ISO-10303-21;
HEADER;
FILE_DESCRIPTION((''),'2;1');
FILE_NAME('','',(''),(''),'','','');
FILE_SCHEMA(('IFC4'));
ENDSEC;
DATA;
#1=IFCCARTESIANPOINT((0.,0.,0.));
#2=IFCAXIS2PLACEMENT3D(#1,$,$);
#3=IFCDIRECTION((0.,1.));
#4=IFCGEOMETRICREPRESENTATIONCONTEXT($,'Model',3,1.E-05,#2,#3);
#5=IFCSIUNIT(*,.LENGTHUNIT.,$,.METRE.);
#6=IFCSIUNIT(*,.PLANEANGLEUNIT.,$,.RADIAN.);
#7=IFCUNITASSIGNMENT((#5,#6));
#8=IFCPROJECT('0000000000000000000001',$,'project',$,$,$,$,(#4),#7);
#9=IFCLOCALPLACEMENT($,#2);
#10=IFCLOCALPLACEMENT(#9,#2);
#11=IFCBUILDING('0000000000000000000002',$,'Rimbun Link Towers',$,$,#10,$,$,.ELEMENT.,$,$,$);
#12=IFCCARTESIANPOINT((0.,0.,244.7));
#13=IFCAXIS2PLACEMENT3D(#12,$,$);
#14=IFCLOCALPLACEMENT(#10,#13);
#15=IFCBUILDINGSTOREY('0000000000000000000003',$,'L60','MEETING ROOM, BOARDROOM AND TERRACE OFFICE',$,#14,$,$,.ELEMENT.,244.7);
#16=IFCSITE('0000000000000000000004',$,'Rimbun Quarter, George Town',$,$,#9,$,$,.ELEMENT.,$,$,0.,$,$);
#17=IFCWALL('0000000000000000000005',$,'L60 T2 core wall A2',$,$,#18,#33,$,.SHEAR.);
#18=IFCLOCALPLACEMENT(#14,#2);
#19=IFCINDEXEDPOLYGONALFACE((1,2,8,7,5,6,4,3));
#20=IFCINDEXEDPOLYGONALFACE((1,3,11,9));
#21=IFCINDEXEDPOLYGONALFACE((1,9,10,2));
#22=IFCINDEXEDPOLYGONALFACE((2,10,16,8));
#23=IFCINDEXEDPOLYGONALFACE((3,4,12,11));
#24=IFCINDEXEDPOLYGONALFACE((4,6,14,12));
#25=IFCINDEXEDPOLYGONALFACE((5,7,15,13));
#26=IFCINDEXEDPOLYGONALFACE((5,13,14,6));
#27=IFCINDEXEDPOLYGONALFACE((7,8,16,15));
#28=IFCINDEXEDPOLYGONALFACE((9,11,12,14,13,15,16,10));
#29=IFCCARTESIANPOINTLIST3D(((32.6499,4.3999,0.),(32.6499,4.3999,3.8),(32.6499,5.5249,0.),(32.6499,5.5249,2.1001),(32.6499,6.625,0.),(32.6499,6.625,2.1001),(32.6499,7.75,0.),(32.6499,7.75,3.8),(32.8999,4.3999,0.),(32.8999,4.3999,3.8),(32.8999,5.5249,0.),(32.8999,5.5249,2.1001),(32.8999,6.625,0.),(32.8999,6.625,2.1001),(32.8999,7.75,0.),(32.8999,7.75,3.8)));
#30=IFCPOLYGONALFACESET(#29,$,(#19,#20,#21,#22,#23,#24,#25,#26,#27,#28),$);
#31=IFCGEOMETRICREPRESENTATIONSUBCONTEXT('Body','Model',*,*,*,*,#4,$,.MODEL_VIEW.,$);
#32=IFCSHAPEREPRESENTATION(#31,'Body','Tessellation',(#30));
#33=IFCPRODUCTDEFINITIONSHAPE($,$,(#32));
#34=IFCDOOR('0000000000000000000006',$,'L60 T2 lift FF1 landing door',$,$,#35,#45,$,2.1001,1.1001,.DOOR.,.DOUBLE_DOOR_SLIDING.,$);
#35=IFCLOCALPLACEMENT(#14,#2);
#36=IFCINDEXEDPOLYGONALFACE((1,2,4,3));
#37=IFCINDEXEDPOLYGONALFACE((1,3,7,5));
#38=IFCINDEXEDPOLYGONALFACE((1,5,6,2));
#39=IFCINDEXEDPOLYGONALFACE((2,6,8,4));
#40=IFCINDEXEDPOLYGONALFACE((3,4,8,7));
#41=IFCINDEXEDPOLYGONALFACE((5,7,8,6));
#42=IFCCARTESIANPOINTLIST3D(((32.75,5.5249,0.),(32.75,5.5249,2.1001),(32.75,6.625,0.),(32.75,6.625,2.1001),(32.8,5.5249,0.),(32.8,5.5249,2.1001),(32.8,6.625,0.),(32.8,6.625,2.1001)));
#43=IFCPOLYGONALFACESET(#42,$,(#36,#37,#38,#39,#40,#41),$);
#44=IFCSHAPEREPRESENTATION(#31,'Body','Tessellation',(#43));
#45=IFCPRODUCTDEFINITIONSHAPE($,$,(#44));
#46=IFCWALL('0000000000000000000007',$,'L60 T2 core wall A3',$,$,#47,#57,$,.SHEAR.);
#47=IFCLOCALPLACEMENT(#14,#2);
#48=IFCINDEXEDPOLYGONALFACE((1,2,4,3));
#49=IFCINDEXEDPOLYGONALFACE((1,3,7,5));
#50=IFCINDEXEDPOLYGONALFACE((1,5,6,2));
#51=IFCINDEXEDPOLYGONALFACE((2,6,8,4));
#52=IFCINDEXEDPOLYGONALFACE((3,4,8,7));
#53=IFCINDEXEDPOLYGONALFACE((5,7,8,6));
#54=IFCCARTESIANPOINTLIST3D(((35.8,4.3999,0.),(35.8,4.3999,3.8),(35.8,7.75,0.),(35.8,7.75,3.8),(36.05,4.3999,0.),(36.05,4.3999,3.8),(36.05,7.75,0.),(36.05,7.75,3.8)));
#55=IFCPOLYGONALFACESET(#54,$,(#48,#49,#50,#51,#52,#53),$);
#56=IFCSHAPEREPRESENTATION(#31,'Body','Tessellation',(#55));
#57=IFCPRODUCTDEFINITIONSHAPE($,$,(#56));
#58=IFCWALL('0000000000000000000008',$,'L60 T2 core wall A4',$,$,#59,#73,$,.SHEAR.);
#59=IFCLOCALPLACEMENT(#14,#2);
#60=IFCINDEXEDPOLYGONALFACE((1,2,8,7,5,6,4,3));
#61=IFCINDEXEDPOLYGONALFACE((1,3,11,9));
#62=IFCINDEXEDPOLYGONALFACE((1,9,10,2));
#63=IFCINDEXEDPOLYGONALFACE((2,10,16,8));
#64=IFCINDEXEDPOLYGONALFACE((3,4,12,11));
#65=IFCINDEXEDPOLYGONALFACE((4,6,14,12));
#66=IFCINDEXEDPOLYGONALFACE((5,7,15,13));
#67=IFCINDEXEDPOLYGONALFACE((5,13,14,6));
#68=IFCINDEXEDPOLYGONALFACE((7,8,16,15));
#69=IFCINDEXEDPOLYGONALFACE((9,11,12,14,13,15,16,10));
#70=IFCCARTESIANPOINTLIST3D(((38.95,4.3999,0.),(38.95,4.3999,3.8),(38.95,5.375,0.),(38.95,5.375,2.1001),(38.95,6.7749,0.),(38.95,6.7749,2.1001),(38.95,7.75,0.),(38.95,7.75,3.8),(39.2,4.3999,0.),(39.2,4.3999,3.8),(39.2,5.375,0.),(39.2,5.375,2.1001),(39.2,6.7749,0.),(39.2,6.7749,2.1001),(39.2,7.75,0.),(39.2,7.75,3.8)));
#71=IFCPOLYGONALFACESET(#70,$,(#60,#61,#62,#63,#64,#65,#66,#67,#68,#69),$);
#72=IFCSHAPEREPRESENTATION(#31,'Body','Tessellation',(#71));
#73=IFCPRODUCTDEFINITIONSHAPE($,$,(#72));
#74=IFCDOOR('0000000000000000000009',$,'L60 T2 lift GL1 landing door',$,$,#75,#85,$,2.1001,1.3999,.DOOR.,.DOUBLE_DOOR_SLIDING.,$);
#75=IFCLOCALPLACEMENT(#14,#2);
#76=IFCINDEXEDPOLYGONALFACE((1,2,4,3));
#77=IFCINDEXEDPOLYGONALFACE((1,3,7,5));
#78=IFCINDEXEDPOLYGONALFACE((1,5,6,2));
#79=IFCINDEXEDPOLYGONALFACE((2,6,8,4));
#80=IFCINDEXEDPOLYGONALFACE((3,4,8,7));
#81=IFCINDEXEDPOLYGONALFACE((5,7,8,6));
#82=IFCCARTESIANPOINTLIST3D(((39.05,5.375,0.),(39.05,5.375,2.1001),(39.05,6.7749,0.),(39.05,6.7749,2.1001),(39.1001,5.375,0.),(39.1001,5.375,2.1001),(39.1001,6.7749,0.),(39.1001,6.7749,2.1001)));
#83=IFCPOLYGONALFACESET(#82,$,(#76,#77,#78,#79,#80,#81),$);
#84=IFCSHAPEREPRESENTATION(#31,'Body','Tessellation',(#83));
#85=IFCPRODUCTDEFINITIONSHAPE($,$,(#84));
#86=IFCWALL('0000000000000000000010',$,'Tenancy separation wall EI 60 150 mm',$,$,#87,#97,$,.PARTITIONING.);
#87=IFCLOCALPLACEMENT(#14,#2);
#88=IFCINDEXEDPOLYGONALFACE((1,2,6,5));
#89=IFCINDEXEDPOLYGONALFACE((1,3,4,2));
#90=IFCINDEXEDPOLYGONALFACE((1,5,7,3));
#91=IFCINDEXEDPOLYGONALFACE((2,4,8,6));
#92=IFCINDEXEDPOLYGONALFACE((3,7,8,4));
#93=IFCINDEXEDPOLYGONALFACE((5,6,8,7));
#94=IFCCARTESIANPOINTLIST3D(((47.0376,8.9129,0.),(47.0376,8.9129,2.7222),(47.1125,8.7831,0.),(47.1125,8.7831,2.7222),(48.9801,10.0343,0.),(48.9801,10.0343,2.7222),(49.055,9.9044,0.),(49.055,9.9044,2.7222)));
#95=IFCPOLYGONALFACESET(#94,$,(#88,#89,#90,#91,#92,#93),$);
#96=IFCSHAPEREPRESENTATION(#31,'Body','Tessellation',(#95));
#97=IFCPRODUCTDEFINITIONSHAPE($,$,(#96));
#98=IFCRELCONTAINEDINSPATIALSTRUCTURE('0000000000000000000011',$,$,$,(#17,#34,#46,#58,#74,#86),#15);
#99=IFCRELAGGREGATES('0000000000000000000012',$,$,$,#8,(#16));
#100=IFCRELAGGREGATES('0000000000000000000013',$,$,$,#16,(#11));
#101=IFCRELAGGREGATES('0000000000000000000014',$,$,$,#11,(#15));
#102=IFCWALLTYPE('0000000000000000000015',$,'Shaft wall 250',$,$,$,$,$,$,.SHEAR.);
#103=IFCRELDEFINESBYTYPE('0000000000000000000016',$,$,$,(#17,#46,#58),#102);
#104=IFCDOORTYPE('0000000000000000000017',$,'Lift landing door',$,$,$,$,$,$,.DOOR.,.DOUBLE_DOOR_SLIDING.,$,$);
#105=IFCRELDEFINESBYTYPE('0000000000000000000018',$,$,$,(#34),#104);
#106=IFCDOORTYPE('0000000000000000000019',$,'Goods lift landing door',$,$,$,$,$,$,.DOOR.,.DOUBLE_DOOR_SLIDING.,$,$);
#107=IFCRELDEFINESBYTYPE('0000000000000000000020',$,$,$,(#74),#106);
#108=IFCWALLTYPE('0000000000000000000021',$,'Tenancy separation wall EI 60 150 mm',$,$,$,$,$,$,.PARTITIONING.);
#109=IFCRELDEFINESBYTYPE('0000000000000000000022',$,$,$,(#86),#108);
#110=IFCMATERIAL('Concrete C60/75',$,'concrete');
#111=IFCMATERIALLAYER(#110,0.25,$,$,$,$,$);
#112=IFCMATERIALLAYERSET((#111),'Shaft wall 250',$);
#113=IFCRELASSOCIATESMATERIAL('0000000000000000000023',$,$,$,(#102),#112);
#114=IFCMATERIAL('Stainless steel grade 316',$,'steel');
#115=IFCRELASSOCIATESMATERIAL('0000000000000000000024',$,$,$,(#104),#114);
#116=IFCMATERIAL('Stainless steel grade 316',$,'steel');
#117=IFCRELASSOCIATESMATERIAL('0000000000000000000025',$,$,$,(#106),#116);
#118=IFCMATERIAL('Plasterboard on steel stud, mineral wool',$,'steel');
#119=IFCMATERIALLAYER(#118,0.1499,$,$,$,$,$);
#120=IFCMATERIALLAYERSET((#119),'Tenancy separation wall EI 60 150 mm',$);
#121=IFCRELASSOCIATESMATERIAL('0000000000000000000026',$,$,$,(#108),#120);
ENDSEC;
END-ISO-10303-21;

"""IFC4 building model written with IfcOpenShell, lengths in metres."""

from ifc_helpers import new_model, si_unit, direction, frame, frame_2d, origin, place, context, subcontext, project, spatial, rectangle, extrude, material, layer, layer_set, type_object, element, fill, save


model = new_model("IFC4")

# Units and contexts
model_context = context("Model", 3, precision=1e-05, world=origin(), true_north=direction((0.0, 1.0)))
body_context = subcontext(model_context, "Body", "Model", "MODEL_VIEW")
ifc_project = project(units=[si_unit("LENGTHUNIT", "METRE"), si_unit("PLANEANGLEUNIT", "RADIAN")], contexts=[model_context])

# Site, building, storey
site_placement = place(None, origin())
site = spatial("IfcSite", under=ifc_project, at=site_placement, Name="Rimbun Quarter, George Town", CompositionType="ELEMENT", RefElevation=0.0)
building_placement = place(site_placement, origin())
building = spatial("IfcBuilding", under=site, at=building_placement, Name="Rimbun Link Towers", CompositionType="ELEMENT")
storey_placement = place(building_placement, frame((0.0, 0.0, 244.7)))
storey = spatial("IfcBuildingStorey", under=building, at=storey_placement, Name="L60", Description="MEETING ROOM, BOARDROOM AND TERRACE OFFICE", CompositionType="ELEMENT", Elevation=244.7)

# Shared definitions
ifc_material_1 = material(Name="Concrete C60/75", Category="concrete")
ifc_layer_1 = layer(ifc_material_1, 0.25)
ifc_layer_set_1 = layer_set([ifc_layer_1], Name="Shaft wall 250")
wall_type_1 = type_object("IfcWallType", Name="Shaft wall 250", PredefinedType="SHEAR", material=ifc_layer_set_1)

# Wall, opening, door
wall_1_placement = place(storey_placement, frame((32.7749, 4.3999, 0.0), z_axis=(0.0, 0.0, 1.0), x_axis=(0.0, 1.0, 0.0)))
wall_1 = element("IfcWall", 1, at=wall_1_placement, inside=storey, type_object=wall_type_1, Name="L60 T2 core wall A2", PredefinedType="SHEAR", context=body_context, shape_type="SweptSolid", body=[
    extrude(rectangle(XDim=3.3501, YDim=0.25, at=frame_2d((1.675, 0.0))), origin(), (0.0, 0.0, 1.0), 3.8),
])
opening_1_placement = place(wall_1_placement, frame((1.125, 0.0, 0.0)))
opening_1 = element("IfcOpeningElement", 2, at=opening_1_placement, cuts=wall_1, PredefinedType="OPENING", context=body_context, shape_type="SweptSolid", body=[
    extrude(rectangle(XDim=1.1001, YDim=2.1001, at=frame_2d((0.55, 1.05))), frame((0.0, 0.135, 0.0), z_axis=(0.0, -1.0, 0.0), x_axis=(1.0, 0.0, 0.0)), (0.0, 0.0, 1.0), 0.27),
])
ifc_material_2 = material(Name="Stainless steel grade 316", Category="steel")
door_type_1 = type_object("IfcDoorType", Name="Lift landing door", OperationType="DOUBLE_DOOR_SLIDING", PredefinedType="DOOR", material=ifc_material_2)
door_1_placement = place(opening_1_placement, origin())
door_1 = element("IfcDoor", 3, at=door_1_placement, inside=storey, type_object=door_type_1, Name="L60 T2 lift FF1 landing door", OperationType="DOUBLE_DOOR_SLIDING", OverallHeight=2.1001, OverallWidth=1.1001, PredefinedType="DOOR", context=body_context, shape_type="SweptSolid", body=[
    extrude(rectangle(XDim=1.1001, YDim=2.1001, at=frame_2d((0.55, 1.05))), frame((0.0, 0.0249, 0.0), z_axis=(0.0, -1.0, 0.0), x_axis=(1.0, 0.0, 0.0)), (0.0, 0.0, 1.0), 0.05),
])
fill(opening_1, door_1)

# Wall
wall_2_placement = place(storey_placement, frame((35.925, 4.3999, 0.0), z_axis=(0.0, 0.0, 1.0), x_axis=(0.0, 1.0, 0.0)))
element("IfcWall", 4, at=wall_2_placement, inside=storey, type_object=wall_type_1, Name="L60 T2 core wall A3", PredefinedType="SHEAR", context=body_context, shape_type="SweptSolid", body=[
    extrude(rectangle(XDim=3.3501, YDim=0.25, at=frame_2d((1.675, 0.0))), origin(), (0.0, 0.0, 1.0), 3.8),
])

# Wall, opening, door
wall_3_placement = place(storey_placement, frame((39.075, 4.3999, 0.0), z_axis=(0.0, 0.0, 1.0), x_axis=(0.0, 1.0, 0.0)))
wall_3 = element("IfcWall", 5, at=wall_3_placement, inside=storey, type_object=wall_type_1, Name="L60 T2 core wall A4", PredefinedType="SHEAR", context=body_context, shape_type="SweptSolid", body=[
    extrude(rectangle(XDim=3.3501, YDim=0.25, at=frame_2d((1.675, 0.0))), origin(), (0.0, 0.0, 1.0), 3.8),
])
opening_2_placement = place(wall_3_placement, frame((0.9751, 0.0, 0.0)))
opening_2 = element("IfcOpeningElement", 6, at=opening_2_placement, cuts=wall_3, PredefinedType="OPENING", context=body_context, shape_type="SweptSolid", body=[
    extrude(rectangle(XDim=1.3999, YDim=2.1001, at=frame_2d((0.7, 1.05))), frame((0.0, 0.135, 0.0), z_axis=(0.0, -1.0, 0.0), x_axis=(1.0, 0.0, 0.0)), (0.0, 0.0, 1.0), 0.27),
])
ifc_material_3 = material(Name="Stainless steel grade 316", Category="steel")
door_type_2 = type_object("IfcDoorType", Name="Goods lift landing door", OperationType="DOUBLE_DOOR_SLIDING", PredefinedType="DOOR", material=ifc_material_3)
door_2_placement = place(opening_2_placement, origin())
door_2 = element("IfcDoor", 7, at=door_2_placement, inside=storey, type_object=door_type_2, Name="L60 T2 lift GL1 landing door", OperationType="DOUBLE_DOOR_SLIDING", OverallHeight=2.1001, OverallWidth=1.3999, PredefinedType="DOOR", context=body_context, shape_type="SweptSolid", body=[
    extrude(rectangle(XDim=1.3999, YDim=2.1001, at=frame_2d((0.7, 1.05))), frame((0.0, 0.0249, 0.0), z_axis=(0.0, -1.0, 0.0), x_axis=(1.0, 0.0, 0.0)), (0.0, 0.0, 1.0), 0.05),
])
fill(opening_2, door_2)

# Wall
ifc_material_4 = material(Name="Plasterboard on steel stud, mineral wool", Category="steel")
ifc_layer_2 = layer(ifc_material_4, 0.1499)
ifc_layer_set_2 = layer_set([ifc_layer_2], Name="Tenancy separation wall EI 60 150 mm")
wall_type_2 = type_object("IfcWallType", Name="Tenancy separation wall EI 60 150 mm", PredefinedType="PARTITIONING", material=ifc_layer_set_2)
wall_4_placement = place(storey_placement, frame((47.075, 8.8479, 0.0), z_axis=(0.0, 0.0, 1.0), x_axis=(0.866044, 0.499967, 0.0)))
element("IfcWall", 8, at=wall_4_placement, inside=storey, type_object=wall_type_2, Name="Tenancy separation wall EI 60 150 mm", PredefinedType="PARTITIONING", context=body_context, shape_type="SweptSolid", body=[
    extrude(rectangle(XDim=2.2429, YDim=0.1499, at=frame_2d((1.1216, 0.0))), origin(), (0.0, 0.0, 1.0), 2.7222),
])

save(model, "model.ifc")
